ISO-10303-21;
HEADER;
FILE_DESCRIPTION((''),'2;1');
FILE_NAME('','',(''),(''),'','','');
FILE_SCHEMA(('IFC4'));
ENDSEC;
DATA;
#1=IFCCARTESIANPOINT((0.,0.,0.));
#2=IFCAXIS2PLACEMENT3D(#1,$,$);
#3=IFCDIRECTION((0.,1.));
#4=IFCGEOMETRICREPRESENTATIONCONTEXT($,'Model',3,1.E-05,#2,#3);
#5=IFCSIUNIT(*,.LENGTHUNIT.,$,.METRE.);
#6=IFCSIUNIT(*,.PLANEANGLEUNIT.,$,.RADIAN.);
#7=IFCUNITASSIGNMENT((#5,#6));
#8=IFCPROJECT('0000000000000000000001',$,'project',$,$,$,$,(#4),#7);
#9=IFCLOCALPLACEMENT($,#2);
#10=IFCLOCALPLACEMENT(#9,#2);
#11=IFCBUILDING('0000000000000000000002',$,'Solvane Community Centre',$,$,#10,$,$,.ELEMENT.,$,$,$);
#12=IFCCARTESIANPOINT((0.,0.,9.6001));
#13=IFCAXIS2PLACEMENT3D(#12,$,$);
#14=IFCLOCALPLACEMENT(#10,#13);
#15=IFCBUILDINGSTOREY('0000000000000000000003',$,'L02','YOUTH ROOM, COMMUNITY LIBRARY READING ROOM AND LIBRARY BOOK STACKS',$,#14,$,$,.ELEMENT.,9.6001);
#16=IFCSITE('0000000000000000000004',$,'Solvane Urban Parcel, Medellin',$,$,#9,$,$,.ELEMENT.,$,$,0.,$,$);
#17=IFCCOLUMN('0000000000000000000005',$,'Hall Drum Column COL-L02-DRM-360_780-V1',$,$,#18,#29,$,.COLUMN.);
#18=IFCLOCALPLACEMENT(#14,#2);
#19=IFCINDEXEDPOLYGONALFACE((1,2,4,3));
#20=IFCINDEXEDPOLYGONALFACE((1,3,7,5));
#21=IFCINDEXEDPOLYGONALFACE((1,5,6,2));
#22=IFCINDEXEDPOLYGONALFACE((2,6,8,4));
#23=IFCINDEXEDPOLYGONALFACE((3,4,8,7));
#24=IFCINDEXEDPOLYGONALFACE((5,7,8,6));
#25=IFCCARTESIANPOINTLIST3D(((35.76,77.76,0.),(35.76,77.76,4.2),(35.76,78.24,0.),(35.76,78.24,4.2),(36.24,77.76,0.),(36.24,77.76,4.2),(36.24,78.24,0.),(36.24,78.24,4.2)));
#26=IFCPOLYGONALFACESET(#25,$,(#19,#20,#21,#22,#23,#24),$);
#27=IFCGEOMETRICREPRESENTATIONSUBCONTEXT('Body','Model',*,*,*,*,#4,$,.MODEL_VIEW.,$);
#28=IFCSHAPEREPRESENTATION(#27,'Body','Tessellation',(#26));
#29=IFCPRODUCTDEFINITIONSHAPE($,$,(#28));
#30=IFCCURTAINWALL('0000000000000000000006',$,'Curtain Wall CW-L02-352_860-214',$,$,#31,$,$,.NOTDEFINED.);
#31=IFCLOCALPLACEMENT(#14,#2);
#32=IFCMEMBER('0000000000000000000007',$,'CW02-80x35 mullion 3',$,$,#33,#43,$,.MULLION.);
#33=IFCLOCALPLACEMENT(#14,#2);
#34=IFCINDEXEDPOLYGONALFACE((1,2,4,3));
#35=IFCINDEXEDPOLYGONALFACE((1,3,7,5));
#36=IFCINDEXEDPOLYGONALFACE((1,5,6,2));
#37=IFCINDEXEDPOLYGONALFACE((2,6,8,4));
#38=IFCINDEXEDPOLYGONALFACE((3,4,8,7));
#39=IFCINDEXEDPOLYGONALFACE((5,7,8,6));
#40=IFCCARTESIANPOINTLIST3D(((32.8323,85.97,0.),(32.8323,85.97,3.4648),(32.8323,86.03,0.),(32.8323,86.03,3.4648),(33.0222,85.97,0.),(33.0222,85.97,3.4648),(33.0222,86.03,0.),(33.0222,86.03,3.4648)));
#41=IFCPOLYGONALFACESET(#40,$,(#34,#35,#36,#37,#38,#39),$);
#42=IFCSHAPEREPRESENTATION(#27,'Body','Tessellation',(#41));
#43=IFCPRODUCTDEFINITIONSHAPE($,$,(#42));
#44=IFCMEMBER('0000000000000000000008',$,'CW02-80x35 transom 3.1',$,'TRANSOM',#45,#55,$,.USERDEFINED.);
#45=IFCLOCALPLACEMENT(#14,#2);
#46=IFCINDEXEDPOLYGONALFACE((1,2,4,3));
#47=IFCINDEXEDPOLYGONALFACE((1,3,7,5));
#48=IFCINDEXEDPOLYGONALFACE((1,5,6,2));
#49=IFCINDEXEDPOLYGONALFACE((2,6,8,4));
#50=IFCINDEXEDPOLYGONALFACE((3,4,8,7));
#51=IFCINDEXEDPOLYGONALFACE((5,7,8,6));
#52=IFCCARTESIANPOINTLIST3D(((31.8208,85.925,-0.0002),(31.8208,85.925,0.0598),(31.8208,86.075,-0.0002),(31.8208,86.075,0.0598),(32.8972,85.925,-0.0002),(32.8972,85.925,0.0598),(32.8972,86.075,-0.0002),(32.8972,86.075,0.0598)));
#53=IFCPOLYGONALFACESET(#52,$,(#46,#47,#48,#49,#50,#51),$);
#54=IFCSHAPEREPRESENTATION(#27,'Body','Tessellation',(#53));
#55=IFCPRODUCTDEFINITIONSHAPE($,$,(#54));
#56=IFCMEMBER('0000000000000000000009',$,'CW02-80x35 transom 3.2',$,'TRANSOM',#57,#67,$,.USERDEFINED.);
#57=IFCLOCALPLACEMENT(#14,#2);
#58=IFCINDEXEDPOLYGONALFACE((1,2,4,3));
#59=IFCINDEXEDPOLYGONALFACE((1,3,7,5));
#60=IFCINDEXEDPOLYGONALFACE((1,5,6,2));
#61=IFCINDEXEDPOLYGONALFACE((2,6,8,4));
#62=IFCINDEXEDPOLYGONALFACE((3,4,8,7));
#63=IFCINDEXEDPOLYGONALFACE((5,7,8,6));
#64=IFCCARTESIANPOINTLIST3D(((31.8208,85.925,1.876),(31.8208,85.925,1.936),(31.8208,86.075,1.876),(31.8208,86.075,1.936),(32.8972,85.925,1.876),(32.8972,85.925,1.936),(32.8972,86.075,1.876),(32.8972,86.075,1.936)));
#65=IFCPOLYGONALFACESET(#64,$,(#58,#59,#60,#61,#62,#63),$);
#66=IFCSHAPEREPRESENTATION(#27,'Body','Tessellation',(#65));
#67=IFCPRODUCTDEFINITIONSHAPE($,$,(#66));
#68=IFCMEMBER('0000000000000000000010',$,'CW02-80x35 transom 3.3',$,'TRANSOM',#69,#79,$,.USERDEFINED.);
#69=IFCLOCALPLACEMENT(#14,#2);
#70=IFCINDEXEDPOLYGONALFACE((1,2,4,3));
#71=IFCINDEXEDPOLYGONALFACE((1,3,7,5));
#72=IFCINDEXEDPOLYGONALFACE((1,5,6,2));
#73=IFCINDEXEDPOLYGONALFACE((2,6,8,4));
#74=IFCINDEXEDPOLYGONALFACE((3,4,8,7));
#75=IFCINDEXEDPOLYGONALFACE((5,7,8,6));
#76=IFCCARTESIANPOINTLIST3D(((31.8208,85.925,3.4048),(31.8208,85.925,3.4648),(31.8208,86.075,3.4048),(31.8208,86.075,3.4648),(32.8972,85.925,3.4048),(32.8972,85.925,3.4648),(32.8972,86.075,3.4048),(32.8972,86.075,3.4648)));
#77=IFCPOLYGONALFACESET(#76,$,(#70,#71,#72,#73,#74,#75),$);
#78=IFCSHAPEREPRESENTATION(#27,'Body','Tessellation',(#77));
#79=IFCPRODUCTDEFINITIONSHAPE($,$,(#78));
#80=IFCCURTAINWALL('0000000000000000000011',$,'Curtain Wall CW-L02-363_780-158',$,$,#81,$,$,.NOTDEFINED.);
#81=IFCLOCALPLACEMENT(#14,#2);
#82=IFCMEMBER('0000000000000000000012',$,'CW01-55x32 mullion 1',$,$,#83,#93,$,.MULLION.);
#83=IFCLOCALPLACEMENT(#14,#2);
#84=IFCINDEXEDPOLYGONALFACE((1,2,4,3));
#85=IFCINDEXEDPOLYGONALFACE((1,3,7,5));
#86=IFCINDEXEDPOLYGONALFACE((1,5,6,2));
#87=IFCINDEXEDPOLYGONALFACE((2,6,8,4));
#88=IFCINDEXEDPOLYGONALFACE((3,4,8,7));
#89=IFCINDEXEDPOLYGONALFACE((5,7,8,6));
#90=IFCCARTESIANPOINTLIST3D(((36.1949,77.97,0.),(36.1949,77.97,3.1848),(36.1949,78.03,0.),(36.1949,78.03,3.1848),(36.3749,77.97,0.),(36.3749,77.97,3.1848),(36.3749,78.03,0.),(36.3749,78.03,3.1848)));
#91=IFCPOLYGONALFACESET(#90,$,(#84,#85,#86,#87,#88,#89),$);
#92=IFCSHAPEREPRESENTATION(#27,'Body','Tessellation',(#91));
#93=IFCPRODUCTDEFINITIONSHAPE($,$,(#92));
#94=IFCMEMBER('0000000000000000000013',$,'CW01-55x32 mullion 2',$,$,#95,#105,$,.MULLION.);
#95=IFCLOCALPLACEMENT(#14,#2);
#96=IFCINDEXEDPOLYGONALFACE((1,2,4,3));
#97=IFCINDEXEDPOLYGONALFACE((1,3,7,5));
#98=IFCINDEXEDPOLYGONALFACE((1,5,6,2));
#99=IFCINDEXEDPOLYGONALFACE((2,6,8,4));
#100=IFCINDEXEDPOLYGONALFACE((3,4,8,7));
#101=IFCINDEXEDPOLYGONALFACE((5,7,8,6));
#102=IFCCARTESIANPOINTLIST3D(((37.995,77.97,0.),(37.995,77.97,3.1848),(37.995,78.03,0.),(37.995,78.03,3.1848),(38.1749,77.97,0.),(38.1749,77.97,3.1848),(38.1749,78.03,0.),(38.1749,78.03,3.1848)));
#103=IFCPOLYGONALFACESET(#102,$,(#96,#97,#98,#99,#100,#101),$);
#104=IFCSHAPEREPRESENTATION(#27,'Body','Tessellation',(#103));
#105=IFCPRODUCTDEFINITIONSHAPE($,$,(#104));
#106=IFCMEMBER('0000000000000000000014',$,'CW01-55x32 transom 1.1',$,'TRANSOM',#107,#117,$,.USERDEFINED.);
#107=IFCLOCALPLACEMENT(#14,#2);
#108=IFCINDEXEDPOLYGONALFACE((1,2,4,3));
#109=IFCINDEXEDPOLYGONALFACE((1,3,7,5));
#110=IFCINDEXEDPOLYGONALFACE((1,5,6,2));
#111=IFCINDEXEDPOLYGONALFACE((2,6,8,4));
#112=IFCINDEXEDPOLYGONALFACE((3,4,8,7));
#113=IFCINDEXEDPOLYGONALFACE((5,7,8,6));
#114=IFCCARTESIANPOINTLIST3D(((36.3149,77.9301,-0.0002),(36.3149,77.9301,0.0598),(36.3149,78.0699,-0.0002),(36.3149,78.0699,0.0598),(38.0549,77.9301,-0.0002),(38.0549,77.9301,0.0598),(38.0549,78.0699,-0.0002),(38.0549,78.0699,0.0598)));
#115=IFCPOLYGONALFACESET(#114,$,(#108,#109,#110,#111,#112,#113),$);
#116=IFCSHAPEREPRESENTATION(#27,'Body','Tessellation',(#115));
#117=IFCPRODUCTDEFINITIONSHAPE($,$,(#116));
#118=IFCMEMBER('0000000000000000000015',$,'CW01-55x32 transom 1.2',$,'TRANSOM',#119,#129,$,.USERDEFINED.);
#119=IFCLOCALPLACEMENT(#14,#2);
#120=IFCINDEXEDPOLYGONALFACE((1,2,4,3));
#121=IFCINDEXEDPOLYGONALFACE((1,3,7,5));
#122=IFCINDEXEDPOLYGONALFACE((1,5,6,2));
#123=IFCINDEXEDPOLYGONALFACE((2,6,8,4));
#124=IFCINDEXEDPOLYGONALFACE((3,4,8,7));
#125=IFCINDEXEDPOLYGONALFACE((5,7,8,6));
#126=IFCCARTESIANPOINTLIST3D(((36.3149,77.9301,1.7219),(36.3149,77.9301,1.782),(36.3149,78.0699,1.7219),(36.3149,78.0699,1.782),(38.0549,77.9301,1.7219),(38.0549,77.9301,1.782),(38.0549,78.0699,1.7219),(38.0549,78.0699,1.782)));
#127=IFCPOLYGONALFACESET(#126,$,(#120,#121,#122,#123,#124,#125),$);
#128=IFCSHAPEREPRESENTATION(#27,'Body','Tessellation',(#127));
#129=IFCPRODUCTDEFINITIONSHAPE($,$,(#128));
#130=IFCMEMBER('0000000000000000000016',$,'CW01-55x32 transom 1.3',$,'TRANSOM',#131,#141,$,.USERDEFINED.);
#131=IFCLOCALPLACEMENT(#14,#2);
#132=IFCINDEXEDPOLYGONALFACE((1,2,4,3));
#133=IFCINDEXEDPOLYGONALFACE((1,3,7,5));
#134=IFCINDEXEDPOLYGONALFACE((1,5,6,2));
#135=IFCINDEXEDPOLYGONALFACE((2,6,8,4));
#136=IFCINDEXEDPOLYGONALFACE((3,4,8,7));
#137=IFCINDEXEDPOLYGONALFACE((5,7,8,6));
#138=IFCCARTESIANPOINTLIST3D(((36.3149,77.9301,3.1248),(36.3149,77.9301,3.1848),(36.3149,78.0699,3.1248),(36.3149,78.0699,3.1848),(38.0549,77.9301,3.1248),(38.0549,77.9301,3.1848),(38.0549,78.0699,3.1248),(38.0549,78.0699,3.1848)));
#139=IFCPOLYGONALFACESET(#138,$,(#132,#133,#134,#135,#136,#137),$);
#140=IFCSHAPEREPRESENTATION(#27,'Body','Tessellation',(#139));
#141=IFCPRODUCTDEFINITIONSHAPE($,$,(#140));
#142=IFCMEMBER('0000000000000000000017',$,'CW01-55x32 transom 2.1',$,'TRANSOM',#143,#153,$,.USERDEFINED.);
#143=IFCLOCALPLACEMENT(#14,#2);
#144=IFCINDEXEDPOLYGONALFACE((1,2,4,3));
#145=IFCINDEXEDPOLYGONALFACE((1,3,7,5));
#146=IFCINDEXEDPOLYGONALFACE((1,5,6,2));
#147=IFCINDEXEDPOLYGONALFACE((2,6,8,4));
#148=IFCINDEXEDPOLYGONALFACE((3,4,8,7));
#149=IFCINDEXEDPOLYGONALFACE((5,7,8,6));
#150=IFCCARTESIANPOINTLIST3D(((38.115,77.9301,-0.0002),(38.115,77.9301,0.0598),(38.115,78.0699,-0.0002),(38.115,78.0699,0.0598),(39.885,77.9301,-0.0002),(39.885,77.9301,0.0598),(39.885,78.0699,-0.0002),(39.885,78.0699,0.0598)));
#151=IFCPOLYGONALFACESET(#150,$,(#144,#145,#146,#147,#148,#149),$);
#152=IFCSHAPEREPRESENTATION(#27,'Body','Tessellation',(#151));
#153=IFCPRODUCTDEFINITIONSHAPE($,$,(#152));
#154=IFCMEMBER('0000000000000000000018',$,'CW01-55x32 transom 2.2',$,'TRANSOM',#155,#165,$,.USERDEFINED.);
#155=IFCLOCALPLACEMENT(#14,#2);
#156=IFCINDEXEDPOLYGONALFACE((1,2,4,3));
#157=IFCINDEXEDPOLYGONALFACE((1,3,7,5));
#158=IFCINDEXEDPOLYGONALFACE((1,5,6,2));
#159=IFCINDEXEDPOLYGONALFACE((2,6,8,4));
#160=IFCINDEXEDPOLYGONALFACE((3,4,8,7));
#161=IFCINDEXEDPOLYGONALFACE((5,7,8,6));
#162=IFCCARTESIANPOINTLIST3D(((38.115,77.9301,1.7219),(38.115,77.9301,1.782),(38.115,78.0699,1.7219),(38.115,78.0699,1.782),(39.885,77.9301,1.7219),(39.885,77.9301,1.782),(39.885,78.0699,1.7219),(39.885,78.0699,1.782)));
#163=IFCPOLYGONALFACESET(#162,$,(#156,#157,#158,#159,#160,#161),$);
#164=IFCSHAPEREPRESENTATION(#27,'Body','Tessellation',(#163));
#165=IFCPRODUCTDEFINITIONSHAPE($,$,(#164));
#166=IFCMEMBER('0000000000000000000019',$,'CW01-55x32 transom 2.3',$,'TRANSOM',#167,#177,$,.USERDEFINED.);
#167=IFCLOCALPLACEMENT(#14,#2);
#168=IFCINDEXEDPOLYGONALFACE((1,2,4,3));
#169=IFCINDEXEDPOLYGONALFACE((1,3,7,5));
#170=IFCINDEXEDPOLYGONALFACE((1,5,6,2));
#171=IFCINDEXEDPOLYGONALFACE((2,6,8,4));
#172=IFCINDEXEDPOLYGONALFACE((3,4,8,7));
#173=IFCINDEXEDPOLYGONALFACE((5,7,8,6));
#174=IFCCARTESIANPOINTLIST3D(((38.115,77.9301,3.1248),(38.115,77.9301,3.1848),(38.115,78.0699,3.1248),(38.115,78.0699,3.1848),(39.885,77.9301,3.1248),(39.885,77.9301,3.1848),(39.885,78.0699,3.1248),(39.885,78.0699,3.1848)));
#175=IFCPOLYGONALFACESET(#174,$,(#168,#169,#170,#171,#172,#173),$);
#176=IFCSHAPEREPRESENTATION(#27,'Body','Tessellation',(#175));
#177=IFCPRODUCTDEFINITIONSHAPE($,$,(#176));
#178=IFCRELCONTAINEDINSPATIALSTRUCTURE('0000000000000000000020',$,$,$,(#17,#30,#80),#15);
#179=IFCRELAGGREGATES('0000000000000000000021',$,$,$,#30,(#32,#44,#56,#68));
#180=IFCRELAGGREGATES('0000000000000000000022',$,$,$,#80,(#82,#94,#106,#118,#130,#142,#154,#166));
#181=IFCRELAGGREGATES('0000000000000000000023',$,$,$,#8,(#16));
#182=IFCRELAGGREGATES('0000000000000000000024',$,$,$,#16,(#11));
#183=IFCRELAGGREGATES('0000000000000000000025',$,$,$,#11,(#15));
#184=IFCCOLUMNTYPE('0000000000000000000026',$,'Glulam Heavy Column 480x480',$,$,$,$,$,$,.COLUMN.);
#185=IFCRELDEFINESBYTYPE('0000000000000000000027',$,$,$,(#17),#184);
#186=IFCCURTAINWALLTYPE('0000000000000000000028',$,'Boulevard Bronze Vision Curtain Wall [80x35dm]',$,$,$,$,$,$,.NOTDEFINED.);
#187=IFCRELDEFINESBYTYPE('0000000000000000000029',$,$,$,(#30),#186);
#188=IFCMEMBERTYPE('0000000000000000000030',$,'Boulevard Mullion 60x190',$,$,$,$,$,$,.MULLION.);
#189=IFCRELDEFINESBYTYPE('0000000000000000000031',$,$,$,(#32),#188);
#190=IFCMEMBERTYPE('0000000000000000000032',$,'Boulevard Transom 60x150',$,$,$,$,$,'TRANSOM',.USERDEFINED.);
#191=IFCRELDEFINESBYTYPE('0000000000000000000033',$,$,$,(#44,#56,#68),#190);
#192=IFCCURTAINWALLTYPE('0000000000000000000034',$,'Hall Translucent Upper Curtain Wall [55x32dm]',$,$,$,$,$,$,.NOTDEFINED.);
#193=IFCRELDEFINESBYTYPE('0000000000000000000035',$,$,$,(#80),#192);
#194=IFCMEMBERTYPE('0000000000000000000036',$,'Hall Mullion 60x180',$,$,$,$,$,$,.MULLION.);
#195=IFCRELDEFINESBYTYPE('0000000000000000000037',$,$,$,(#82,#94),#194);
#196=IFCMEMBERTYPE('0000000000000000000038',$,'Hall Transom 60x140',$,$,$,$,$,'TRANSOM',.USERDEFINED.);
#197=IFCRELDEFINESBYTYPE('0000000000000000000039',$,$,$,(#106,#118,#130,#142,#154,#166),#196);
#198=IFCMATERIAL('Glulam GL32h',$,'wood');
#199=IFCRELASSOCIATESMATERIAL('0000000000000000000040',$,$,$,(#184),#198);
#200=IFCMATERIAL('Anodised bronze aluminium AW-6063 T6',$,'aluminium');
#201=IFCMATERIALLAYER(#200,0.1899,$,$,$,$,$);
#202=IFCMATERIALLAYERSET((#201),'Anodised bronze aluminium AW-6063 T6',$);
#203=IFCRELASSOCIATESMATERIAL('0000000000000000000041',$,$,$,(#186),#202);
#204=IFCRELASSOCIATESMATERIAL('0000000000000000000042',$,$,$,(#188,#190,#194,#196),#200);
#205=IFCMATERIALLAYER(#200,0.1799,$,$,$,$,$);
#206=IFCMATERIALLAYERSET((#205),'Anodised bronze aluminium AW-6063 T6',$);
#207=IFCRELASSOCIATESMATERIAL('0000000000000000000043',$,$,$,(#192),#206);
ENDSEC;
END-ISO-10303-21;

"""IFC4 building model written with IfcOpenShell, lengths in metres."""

from ifc_helpers import new_model, si_unit, direction, frame, origin, origin_2d, place, context, subcontext, project, spatial, rectangle, extrude, material, layer, layer_set, material_profile, profile_set, type_object, element, aggregate, save


model = new_model("IFC4")

# Units and contexts
model_context = context("Model", 3, precision=1e-05, world=origin(), true_north=direction((0.0, 1.0)))
body_context = subcontext(model_context, "Body", "Model", "MODEL_VIEW")
ifc_project = project(units=[si_unit("LENGTHUNIT", "METRE"), si_unit("PLANEANGLEUNIT", "RADIAN")], contexts=[model_context])

# Site, building, storey
site_placement = place(None, origin())
site = spatial("IfcSite", under=ifc_project, at=site_placement, Name="Solvane Urban Parcel, Medellin", CompositionType="ELEMENT", RefElevation=0.0)
building_placement = place(site_placement, origin())
building = spatial("IfcBuilding", under=site, at=building_placement, Name="Solvane Community Centre", CompositionType="ELEMENT")
storey_placement = place(building_placement, frame((0.0, 0.0, 9.6001)))
storey = spatial("IfcBuildingStorey", under=building, at=storey_placement, Name="L02", Description="YOUTH ROOM, COMMUNITY LIBRARY READING ROOM AND LIBRARY BOOK STACKS", CompositionType="ELEMENT", Elevation=9.6001)

# Column
ifc_material_1 = material(Name="Glulam GL32h", Category="wood")
ifc_material_profile_1 = material_profile(ifc_material_1, rectangle(XDim=0.48, YDim=0.48, at=origin_2d()), Name="GL32h 480x480")
ifc_profile_set_1 = profile_set([ifc_material_profile_1], Name="Glulam GL32h")
column_type = type_object("IfcColumnType", Name="Glulam Heavy Column 480x480", PredefinedType="COLUMN", material=ifc_profile_set_1)
column_placement = place(storey_placement, frame((36.0, 78.0, 0.0), z_axis=(0.0, 0.0, 1.0), x_axis=(1.0, 0.0, 0.0)))
element("IfcColumn", 1, at=column_placement, inside=storey, type_object=column_type, Name="Hall Drum Column COL-L02-DRM-360_780-V1", PredefinedType="COLUMN", context=body_context, shape_type="SweptSolid", body=[
    extrude(rectangle(XDim=0.48, YDim=0.48, at=origin_2d()), origin(), (0.0, 0.0, 1.0), 4.2),
])

# Curtain walls, members
ifc_material_2 = material(Name="Anodised bronze aluminium AW-6063 T6", Category="aluminium")
ifc_layer_1 = layer(ifc_material_2, 0.1899)
ifc_layer_set_1 = layer_set([ifc_layer_1], Name="Anodised bronze aluminium AW-6063 T6")
curtain_wall_type_1 = type_object("IfcCurtainWallType", Name="Boulevard Bronze Vision Curtain Wall [80x35dm]", PredefinedType="NOTDEFINED", material=ifc_layer_set_1)
curtain_wall_1_placement = place(storey_placement, origin())
curtain_wall_1 = element("IfcCurtainWall", 2, at=curtain_wall_1_placement, inside=storey, type_object=curtain_wall_type_1, Name="Curtain Wall CW-L02-352_860-214", PredefinedType="NOTDEFINED")
ifc_material_profile_2 = material_profile(ifc_material_2, rectangle(XDim=0.0601, YDim=0.1899, at=origin_2d()), Name="CW-M 60x190")
ifc_profile_set_2 = profile_set([ifc_material_profile_2], Name="Anodised bronze aluminium AW-6063 T6")
member_type_1 = type_object("IfcMemberType", Name="Boulevard Mullion 60x190", PredefinedType="MULLION", material=ifc_profile_set_2)
member_1_placement = place(storey_placement, frame((32.9272, 86.0, 0.0), z_axis=(0.0, 0.0, 1.0), x_axis=(0.0, -1.0, 0.0)))
member_1 = element("IfcMember", 3, at=member_1_placement, type_object=member_type_1, Name="CW02-80x35 mullion 3", PredefinedType="MULLION", context=body_context, shape_type="SweptSolid", body=[
    extrude(rectangle(XDim=0.0601, YDim=0.1899, at=origin_2d()), origin(), (0.0, 0.0, 1.0), 3.4648),
])
ifc_material_profile_3 = material_profile(ifc_material_2, rectangle(XDim=0.1499, YDim=0.0601, at=origin_2d()), Name="CW-T 60x150")
ifc_profile_set_3 = profile_set([ifc_material_profile_3], Name="Anodised bronze aluminium AW-6063 T6")
member_type_2 = type_object("IfcMemberType", Name="Boulevard Transom 60x150", ElementType="TRANSOM", PredefinedType="USERDEFINED", material=ifc_profile_set_3)
member_2_placement = place(storey_placement, frame((32.8972, 86.0, 0.0298), z_axis=(-1.0, 0.0, 0.0), x_axis=(0.0, -1.0, 0.0)))
member_2 = element("IfcMember", 4, at=member_2_placement, type_object=member_type_2, Name="CW02-80x35 transom 3.1", ObjectType="TRANSOM", PredefinedType="USERDEFINED", context=body_context, shape_type="SweptSolid", body=[
    extrude(rectangle(XDim=0.1499, YDim=0.0601, at=origin_2d()), origin(), (0.0, 0.0, 1.0), 1.0764),
])
member_3_placement = place(storey_placement, frame((32.8972, 86.0, 1.906), z_axis=(-1.0, 0.0, 0.0), x_axis=(0.0, -1.0, 0.0)))
member_3 = element("IfcMember", 5, at=member_3_placement, type_object=member_type_2, Name="CW02-80x35 transom 3.2", ObjectType="TRANSOM", PredefinedType="USERDEFINED", context=body_context, shape_type="SweptSolid", body=[
    extrude(rectangle(XDim=0.1499, YDim=0.0601, at=origin_2d()), origin(), (0.0, 0.0, 1.0), 1.0764),
])
member_4_placement = place(storey_placement, frame((32.8972, 86.0, 3.4348), z_axis=(-1.0, 0.0, 0.0), x_axis=(0.0, -1.0, 0.0)))
member_4 = element("IfcMember", 6, at=member_4_placement, type_object=member_type_2, Name="CW02-80x35 transom 3.3", ObjectType="TRANSOM", PredefinedType="USERDEFINED", context=body_context, shape_type="SweptSolid", body=[
    extrude(rectangle(XDim=0.1499, YDim=0.0601, at=origin_2d()), origin(), (0.0, 0.0, 1.0), 1.0764),
])
ifc_layer_2 = layer(ifc_material_2, 0.1799)
ifc_layer_set_2 = layer_set([ifc_layer_2], Name="Anodised bronze aluminium AW-6063 T6")
curtain_wall_type_2 = type_object("IfcCurtainWallType", Name="Hall Translucent Upper Curtain Wall [55x32dm]", PredefinedType="NOTDEFINED", material=ifc_layer_set_2)
curtain_wall_2_placement = place(storey_placement, origin())
curtain_wall_2 = element("IfcCurtainWall", 7, at=curtain_wall_2_placement, inside=storey, type_object=curtain_wall_type_2, Name="Curtain Wall CW-L02-363_780-158", PredefinedType="NOTDEFINED")
ifc_material_profile_4 = material_profile(ifc_material_2, rectangle(XDim=0.0601, YDim=0.1799, at=origin_2d()), Name="CW-M 60x180")
ifc_profile_set_4 = profile_set([ifc_material_profile_4], Name="Anodised bronze aluminium AW-6063 T6")
member_type_3 = type_object("IfcMemberType", Name="Hall Mullion 60x180", PredefinedType="MULLION", material=ifc_profile_set_4)
member_5_placement = place(storey_placement, frame((36.2849, 78.0, 0.0), z_axis=(0.0, 0.0, 1.0), x_axis=(0.0, 1.0, 0.0)))
member_5 = element("IfcMember", 8, at=member_5_placement, type_object=member_type_3, Name="CW01-55x32 mullion 1", PredefinedType="MULLION", context=body_context, shape_type="SweptSolid", body=[
    extrude(rectangle(XDim=0.0601, YDim=0.1799, at=origin_2d()), origin(), (0.0, 0.0, 1.0), 3.1848),
])
member_6_placement = place(storey_placement, frame((38.085, 78.0, 0.0), z_axis=(0.0, 0.0, 1.0), x_axis=(0.0, 1.0, 0.0)))
member_6 = element("IfcMember", 9, at=member_6_placement, type_object=member_type_3, Name="CW01-55x32 mullion 2", PredefinedType="MULLION", context=body_context, shape_type="SweptSolid", body=[
    extrude(rectangle(XDim=0.0601, YDim=0.1799, at=origin_2d()), origin(), (0.0, 0.0, 1.0), 3.1848),
])
ifc_material_profile_5 = material_profile(ifc_material_2, rectangle(XDim=0.1399, YDim=0.0601, at=origin_2d()), Name="CW-T 60x140")
ifc_profile_set_5 = profile_set([ifc_material_profile_5], Name="Anodised bronze aluminium AW-6063 T6")
member_type_4 = type_object("IfcMemberType", Name="Hall Transom 60x140", ElementType="TRANSOM", PredefinedType="USERDEFINED", material=ifc_profile_set_5)
member_7_placement = place(storey_placement, frame((36.3149, 78.0, 0.0298), z_axis=(1.0, 0.0, 0.0), x_axis=(0.0, 1.0, 0.0)))
member_7 = element("IfcMember", 10, at=member_7_placement, type_object=member_type_4, Name="CW01-55x32 transom 1.1", ObjectType="TRANSOM", PredefinedType="USERDEFINED", context=body_context, shape_type="SweptSolid", body=[
    extrude(rectangle(XDim=0.1399, YDim=0.0601, at=origin_2d()), origin(), (0.0, 0.0, 1.0), 1.74),
])
member_8_placement = place(storey_placement, frame((36.3149, 78.0, 1.752), z_axis=(1.0, 0.0, 0.0), x_axis=(0.0, 1.0, 0.0)))
member_8 = element("IfcMember", 11, at=member_8_placement, type_object=member_type_4, Name="CW01-55x32 transom 1.2", ObjectType="TRANSOM", PredefinedType="USERDEFINED", context=body_context, shape_type="SweptSolid", body=[
    extrude(rectangle(XDim=0.1399, YDim=0.0601, at=origin_2d()), origin(), (0.0, 0.0, 1.0), 1.74),
])
member_9_placement = place(storey_placement, frame((36.3149, 78.0, 3.1548), z_axis=(1.0, 0.0, 0.0), x_axis=(0.0, 1.0, 0.0)))
member_9 = element("IfcMember", 12, at=member_9_placement, type_object=member_type_4, Name="CW01-55x32 transom 1.3", ObjectType="TRANSOM", PredefinedType="USERDEFINED", context=body_context, shape_type="SweptSolid", body=[
    extrude(rectangle(XDim=0.1399, YDim=0.0601, at=origin_2d()), origin(), (0.0, 0.0, 1.0), 1.74),
])
member_10_placement = place(storey_placement, frame((38.115, 78.0, 0.0298), z_axis=(1.0, 0.0, 0.0), x_axis=(0.0, 1.0, 0.0)))
member_10 = element("IfcMember", 13, at=member_10_placement, type_object=member_type_4, Name="CW01-55x32 transom 2.1", ObjectType="TRANSOM", PredefinedType="USERDEFINED", context=body_context, shape_type="SweptSolid", body=[
    extrude(rectangle(XDim=0.1399, YDim=0.0601, at=origin_2d()), origin(), (0.0, 0.0, 1.0), 1.77),
])
member_11_placement = place(storey_placement, frame((38.115, 78.0, 1.752), z_axis=(1.0, 0.0, 0.0), x_axis=(0.0, 1.0, 0.0)))
member_11 = element("IfcMember", 14, at=member_11_placement, type_object=member_type_4, Name="CW01-55x32 transom 2.2", ObjectType="TRANSOM", PredefinedType="USERDEFINED", context=body_context, shape_type="SweptSolid", body=[
    extrude(rectangle(XDim=0.1399, YDim=0.0601, at=origin_2d()), origin(), (0.0, 0.0, 1.0), 1.77),
])
member_12_placement = place(storey_placement, frame((38.115, 78.0, 3.1548), z_axis=(1.0, 0.0, 0.0), x_axis=(0.0, 1.0, 0.0)))
member_12 = element("IfcMember", 15, at=member_12_placement, type_object=member_type_4, Name="CW01-55x32 transom 2.3", ObjectType="TRANSOM", PredefinedType="USERDEFINED", context=body_context, shape_type="SweptSolid", body=[
    extrude(rectangle(XDim=0.1399, YDim=0.0601, at=origin_2d()), origin(), (0.0, 0.0, 1.0), 1.77),
])

aggregate(curtain_wall_1, [member_1, member_2, member_3, member_4])
aggregate(curtain_wall_2, [member_5, member_6, member_7, member_8, member_9, member_10, member_11, member_12])

save(model, "model.ifc")
